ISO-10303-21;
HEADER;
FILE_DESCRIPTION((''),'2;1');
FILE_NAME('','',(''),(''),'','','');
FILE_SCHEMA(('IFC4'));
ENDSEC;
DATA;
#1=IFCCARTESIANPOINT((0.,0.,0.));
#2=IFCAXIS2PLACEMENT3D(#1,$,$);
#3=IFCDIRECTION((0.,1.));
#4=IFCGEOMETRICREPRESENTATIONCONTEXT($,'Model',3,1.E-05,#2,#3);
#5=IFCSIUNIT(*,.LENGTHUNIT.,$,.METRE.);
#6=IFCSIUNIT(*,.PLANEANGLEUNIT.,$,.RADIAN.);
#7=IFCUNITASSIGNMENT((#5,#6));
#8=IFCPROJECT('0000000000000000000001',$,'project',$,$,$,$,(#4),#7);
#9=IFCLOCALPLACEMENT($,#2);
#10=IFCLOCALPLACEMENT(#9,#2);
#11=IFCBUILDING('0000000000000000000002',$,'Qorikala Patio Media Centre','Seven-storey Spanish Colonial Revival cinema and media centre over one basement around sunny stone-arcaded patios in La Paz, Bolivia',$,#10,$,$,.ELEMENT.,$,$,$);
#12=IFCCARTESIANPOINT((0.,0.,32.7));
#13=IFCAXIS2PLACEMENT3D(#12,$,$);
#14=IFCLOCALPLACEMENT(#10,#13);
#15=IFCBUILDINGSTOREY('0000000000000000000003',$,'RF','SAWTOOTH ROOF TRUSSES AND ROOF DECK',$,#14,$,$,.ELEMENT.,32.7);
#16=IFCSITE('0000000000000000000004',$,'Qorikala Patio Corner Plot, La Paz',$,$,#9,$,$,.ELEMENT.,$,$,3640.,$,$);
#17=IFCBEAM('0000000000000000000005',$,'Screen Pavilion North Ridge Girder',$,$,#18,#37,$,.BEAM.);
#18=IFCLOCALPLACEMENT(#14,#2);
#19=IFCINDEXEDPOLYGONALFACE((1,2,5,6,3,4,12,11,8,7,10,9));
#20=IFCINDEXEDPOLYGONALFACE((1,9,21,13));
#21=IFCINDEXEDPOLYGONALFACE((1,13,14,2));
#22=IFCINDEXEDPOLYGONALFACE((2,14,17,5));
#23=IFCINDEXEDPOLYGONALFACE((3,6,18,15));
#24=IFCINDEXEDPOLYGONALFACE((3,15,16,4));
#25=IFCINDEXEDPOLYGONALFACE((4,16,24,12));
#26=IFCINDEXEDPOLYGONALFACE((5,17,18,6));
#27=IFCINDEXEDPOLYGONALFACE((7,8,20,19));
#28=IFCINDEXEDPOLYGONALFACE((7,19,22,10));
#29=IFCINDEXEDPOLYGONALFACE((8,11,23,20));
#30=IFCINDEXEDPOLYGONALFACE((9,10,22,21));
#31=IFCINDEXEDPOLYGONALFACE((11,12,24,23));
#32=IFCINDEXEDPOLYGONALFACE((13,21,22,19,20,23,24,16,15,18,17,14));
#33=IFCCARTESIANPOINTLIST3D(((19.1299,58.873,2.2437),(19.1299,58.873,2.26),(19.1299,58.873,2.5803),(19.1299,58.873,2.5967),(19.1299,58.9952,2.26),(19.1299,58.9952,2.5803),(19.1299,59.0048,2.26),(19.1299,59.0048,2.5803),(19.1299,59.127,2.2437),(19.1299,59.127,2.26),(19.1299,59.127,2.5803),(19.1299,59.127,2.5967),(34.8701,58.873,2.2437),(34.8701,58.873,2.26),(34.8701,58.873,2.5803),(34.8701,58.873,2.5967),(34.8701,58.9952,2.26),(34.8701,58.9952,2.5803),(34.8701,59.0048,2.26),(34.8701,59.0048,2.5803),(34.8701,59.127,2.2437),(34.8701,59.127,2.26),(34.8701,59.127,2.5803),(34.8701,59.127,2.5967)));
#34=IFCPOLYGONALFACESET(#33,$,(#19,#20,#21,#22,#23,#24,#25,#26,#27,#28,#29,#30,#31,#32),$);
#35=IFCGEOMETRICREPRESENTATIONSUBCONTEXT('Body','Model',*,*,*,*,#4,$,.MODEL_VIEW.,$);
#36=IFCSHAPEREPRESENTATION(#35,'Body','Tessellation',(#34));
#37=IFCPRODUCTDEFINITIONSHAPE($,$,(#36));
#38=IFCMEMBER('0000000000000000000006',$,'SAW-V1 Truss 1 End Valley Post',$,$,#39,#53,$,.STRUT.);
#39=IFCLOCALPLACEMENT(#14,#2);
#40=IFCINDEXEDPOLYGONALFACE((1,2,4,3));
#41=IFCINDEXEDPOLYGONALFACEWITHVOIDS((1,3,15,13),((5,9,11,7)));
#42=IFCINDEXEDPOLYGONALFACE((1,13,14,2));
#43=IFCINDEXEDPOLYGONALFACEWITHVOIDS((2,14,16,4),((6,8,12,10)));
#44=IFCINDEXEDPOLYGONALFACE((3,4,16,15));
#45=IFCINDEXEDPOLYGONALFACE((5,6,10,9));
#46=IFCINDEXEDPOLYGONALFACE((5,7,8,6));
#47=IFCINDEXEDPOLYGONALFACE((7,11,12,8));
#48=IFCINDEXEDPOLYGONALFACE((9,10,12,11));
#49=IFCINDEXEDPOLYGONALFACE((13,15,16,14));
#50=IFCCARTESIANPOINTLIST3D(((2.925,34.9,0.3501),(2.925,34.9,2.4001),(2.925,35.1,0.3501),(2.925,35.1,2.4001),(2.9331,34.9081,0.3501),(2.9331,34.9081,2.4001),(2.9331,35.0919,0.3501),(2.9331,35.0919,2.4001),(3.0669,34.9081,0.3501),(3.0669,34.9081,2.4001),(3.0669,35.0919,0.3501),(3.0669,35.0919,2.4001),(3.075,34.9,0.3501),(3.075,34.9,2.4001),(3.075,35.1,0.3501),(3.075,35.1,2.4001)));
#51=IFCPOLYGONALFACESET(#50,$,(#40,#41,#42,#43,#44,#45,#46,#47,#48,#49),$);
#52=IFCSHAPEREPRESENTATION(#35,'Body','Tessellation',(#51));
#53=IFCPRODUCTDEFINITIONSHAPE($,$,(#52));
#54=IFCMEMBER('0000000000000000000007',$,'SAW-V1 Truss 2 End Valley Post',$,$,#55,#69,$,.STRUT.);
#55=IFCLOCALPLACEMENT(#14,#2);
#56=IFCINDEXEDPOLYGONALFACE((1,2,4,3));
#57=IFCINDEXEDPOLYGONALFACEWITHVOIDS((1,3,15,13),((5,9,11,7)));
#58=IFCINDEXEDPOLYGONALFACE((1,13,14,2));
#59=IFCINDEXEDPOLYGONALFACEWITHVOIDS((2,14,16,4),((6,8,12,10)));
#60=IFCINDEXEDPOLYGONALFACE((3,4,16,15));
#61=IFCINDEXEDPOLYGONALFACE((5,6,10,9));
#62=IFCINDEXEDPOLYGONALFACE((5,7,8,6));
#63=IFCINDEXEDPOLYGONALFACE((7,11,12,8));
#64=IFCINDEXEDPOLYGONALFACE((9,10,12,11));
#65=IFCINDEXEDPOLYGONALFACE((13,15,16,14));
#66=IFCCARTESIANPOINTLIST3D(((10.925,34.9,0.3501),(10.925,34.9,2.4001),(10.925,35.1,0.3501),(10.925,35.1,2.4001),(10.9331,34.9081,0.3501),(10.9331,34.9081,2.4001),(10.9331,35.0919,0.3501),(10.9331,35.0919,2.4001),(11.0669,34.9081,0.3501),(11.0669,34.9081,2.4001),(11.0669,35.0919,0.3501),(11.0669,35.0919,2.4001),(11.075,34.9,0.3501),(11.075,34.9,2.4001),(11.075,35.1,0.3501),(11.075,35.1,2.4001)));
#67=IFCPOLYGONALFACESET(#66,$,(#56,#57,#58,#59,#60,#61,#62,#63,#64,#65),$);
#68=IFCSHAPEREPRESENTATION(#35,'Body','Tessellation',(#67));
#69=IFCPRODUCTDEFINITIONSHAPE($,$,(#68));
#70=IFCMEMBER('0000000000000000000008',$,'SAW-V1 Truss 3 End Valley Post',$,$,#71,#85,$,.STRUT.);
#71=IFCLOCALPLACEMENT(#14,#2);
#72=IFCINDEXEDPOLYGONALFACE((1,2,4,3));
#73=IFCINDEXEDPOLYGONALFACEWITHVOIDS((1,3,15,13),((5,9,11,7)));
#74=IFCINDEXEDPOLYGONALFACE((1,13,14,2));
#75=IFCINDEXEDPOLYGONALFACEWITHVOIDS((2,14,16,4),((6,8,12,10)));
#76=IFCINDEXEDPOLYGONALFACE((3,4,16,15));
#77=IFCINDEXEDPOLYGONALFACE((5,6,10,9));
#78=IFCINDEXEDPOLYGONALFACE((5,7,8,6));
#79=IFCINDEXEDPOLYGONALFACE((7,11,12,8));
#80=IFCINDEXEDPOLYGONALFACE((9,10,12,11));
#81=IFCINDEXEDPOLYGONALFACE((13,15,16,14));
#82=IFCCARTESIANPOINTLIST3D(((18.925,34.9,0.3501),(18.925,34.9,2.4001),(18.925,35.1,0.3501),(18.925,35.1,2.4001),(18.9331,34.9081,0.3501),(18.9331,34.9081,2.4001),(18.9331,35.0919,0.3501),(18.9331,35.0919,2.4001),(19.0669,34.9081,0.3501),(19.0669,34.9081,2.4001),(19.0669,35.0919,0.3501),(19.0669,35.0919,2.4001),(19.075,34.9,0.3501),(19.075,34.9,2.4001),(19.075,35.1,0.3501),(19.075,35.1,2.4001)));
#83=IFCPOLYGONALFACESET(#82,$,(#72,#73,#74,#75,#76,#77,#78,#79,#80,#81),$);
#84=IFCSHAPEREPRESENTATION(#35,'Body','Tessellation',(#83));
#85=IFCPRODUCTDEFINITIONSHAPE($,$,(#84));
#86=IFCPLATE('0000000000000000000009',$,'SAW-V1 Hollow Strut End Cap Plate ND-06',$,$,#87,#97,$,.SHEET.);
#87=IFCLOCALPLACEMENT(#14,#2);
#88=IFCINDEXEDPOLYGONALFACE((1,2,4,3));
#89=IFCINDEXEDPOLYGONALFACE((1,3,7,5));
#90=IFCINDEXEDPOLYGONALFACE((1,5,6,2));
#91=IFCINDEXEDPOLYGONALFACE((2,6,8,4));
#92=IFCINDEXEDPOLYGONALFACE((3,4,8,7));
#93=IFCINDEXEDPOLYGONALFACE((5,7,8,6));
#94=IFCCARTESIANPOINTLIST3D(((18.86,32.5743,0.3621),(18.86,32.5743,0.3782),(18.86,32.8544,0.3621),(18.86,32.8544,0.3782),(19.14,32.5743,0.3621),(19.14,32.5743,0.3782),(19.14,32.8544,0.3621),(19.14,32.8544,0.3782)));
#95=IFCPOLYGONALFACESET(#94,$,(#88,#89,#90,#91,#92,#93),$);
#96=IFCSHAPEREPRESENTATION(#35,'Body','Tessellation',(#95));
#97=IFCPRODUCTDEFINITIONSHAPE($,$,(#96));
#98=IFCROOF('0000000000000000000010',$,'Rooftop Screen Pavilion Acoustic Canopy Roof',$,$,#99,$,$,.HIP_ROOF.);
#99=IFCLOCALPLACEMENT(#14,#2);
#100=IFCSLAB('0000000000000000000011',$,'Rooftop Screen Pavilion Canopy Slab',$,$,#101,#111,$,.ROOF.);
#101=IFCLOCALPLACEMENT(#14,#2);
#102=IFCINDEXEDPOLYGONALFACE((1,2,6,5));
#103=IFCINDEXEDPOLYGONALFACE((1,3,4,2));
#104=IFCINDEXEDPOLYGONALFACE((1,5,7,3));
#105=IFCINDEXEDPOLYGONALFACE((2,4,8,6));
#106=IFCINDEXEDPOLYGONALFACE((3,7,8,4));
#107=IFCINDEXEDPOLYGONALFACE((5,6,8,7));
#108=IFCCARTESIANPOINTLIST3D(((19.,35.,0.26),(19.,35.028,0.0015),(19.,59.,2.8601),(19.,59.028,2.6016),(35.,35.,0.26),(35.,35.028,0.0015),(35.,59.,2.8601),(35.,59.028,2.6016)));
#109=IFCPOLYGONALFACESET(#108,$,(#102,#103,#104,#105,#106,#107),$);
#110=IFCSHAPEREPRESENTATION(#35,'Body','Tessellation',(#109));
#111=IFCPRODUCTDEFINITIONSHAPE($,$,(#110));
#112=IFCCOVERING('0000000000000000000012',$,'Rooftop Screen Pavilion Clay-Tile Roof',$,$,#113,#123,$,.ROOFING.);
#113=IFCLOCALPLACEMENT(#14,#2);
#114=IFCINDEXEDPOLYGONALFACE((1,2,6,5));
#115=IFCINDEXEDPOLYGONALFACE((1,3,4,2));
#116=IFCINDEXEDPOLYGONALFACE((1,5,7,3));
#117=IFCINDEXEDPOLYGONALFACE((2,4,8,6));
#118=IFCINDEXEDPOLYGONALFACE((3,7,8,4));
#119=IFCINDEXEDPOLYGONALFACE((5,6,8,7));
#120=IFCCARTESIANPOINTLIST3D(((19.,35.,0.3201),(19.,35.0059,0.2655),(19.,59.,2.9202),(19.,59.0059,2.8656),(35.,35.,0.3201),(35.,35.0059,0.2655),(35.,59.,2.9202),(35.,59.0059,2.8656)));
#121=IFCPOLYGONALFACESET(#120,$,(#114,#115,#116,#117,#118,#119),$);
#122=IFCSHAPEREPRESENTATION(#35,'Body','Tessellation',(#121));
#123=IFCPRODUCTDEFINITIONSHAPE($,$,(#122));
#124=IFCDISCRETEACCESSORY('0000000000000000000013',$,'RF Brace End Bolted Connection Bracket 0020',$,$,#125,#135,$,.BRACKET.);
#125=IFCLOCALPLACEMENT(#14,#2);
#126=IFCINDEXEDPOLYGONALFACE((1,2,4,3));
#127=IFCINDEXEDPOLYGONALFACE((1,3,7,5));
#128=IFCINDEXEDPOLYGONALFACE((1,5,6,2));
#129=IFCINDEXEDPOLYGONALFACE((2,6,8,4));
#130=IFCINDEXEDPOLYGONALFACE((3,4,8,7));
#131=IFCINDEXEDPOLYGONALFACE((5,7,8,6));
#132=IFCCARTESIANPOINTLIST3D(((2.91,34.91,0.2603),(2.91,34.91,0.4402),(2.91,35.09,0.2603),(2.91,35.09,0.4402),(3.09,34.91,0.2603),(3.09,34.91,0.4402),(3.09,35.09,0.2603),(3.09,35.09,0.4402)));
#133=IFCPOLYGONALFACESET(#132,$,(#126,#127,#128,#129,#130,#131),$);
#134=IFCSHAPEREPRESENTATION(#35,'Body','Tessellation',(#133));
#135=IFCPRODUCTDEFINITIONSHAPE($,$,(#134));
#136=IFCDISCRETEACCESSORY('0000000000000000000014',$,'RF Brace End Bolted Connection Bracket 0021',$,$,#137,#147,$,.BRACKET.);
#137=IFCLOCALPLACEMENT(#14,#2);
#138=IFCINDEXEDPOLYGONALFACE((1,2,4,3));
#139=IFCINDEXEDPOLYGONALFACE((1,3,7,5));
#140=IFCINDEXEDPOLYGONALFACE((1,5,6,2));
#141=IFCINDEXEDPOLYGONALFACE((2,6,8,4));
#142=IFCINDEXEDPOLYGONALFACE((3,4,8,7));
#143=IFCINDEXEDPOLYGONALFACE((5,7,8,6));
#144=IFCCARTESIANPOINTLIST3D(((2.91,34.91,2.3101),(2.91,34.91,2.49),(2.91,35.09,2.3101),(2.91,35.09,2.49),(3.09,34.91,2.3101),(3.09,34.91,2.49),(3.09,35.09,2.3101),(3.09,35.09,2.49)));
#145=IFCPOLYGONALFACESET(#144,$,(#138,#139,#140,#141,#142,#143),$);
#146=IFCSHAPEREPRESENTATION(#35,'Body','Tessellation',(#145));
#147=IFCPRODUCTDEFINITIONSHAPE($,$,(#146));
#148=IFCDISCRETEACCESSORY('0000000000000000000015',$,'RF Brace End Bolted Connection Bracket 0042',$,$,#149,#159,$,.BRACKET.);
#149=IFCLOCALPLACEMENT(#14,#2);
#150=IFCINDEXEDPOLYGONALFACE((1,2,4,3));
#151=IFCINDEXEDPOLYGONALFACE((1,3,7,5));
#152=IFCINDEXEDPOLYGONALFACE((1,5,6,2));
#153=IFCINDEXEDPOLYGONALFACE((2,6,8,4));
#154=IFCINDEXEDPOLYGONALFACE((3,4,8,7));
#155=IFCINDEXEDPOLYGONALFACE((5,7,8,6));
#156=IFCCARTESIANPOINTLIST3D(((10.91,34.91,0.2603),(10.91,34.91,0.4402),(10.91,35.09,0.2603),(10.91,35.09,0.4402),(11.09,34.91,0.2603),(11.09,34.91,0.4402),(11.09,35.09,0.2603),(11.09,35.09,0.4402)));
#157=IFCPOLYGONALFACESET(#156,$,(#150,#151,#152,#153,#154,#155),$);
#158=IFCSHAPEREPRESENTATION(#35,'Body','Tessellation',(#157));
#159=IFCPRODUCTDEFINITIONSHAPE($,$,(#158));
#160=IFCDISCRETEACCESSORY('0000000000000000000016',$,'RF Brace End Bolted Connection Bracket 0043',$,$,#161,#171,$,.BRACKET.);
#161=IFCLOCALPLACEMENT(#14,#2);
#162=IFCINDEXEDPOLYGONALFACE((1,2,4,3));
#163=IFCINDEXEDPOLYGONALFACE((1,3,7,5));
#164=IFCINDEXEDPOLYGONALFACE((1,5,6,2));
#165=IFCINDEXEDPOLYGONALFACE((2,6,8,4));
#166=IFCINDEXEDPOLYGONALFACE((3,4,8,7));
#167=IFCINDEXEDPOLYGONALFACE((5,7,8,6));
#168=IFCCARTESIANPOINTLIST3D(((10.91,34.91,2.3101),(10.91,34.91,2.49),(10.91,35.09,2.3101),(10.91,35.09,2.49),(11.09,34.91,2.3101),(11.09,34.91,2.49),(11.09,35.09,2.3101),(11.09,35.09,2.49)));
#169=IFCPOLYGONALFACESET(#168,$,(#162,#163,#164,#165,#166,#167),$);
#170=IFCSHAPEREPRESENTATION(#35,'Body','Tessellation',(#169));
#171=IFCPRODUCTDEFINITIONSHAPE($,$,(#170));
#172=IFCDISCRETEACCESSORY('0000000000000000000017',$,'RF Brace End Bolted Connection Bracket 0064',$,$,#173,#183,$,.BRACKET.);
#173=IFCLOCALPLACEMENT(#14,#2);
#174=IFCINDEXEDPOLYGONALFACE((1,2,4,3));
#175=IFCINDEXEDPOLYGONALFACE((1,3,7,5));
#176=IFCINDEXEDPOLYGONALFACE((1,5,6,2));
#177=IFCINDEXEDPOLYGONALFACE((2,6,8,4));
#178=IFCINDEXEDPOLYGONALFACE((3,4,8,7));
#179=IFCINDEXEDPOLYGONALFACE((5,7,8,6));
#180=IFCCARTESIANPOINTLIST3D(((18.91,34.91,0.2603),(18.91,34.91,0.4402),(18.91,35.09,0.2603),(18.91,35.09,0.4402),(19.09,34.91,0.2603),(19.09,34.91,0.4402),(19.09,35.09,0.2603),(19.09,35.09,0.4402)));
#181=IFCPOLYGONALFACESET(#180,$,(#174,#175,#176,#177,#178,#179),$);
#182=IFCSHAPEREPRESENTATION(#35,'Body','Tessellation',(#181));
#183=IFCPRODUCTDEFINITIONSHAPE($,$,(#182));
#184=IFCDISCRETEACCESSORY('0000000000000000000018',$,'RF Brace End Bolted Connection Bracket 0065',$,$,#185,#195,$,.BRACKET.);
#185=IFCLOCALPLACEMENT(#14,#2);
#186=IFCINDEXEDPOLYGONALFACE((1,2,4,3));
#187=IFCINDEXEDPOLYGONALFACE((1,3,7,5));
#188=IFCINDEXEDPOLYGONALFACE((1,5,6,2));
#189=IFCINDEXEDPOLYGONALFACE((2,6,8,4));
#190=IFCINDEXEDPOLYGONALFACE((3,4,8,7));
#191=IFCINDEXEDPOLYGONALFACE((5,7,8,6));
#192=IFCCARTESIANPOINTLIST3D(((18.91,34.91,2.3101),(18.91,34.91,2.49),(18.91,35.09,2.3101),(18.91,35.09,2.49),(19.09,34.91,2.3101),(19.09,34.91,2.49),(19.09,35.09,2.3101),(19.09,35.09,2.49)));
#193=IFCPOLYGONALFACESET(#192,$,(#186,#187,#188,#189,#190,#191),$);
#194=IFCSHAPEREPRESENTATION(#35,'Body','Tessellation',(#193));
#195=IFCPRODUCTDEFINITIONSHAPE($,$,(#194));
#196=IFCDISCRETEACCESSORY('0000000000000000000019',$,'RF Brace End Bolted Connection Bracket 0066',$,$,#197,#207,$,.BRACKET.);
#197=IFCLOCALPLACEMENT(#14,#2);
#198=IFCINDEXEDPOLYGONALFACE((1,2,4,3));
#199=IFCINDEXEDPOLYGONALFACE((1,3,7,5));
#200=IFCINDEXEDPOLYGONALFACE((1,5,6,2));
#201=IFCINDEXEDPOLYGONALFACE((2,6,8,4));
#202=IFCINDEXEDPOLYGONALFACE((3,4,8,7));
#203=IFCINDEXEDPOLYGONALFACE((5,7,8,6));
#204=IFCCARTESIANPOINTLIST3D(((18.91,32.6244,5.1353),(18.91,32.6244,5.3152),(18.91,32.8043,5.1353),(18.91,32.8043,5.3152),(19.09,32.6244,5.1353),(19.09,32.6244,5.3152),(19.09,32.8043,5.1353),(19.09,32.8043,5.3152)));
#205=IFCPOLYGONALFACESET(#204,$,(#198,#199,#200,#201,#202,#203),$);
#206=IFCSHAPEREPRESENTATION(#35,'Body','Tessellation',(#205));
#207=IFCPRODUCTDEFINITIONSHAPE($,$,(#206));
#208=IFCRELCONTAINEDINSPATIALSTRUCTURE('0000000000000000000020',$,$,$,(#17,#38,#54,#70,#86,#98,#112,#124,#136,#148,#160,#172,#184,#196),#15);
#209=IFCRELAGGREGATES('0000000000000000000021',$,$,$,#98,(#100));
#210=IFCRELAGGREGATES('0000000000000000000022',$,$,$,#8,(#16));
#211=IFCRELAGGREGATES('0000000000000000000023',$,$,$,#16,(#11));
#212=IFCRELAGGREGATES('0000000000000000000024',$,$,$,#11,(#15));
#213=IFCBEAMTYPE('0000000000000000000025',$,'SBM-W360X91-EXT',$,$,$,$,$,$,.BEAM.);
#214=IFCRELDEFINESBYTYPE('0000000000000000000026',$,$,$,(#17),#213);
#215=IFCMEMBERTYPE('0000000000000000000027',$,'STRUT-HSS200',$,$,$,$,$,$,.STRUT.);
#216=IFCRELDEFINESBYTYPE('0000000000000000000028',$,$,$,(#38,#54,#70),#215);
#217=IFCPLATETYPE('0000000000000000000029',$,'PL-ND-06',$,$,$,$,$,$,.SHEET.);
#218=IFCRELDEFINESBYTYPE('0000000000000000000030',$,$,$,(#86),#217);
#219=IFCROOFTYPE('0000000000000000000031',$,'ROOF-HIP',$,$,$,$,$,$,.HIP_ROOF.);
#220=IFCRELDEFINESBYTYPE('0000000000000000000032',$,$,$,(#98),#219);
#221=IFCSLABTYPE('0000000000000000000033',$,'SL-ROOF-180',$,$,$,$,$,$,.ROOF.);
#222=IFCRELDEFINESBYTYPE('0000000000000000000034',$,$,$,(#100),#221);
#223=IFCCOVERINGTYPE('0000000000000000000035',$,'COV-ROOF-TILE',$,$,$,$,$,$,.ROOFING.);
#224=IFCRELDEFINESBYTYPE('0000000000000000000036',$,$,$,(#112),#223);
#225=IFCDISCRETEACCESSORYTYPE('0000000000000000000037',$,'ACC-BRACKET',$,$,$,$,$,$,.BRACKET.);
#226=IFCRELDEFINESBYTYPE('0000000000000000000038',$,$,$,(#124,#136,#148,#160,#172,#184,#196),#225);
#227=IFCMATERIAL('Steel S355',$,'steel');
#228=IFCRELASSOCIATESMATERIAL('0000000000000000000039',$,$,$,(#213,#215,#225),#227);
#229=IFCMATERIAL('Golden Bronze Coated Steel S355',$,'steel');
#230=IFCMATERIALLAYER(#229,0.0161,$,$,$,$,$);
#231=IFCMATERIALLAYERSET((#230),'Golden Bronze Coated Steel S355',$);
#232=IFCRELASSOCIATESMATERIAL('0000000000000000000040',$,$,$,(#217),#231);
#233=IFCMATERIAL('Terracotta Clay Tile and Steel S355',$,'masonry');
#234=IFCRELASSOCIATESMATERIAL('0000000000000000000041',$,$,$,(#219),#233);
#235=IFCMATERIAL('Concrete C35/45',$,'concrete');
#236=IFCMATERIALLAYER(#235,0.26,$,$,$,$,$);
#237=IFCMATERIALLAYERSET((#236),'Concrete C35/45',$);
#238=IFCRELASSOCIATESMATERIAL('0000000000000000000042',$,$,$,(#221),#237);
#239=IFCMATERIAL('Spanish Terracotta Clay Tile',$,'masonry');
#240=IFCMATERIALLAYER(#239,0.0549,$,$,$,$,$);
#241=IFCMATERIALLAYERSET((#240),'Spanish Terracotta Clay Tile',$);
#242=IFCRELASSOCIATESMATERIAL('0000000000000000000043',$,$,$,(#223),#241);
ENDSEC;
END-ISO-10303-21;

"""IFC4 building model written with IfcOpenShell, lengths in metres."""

from ifc_helpers import new_model, si_unit, direction, frame, origin, origin_2d, place, context, subcontext, project, spatial, polyline, rectangle, hollow_rectangle, i_section, outline, extrude, material, layer, layer_set, material_profile, profile_set, type_object, element, aggregate, save


model = new_model("IFC4")

# Units and contexts
model_context = context("Model", 3, precision=1e-05, world=origin(), true_north=direction((0.0, 1.0)))
body_context = subcontext(model_context, "Body", "Model", "MODEL_VIEW")
ifc_project = project(units=[si_unit("LENGTHUNIT", "METRE"), si_unit("PLANEANGLEUNIT", "RADIAN")], contexts=[model_context])

# Site, building, storey
site_placement = place(None, origin())
site = spatial("IfcSite", under=ifc_project, at=site_placement, Name="Qorikala Patio Corner Plot, La Paz", CompositionType="ELEMENT", RefElevation=3640.0)
building_placement = place(site_placement, origin())
building = spatial("IfcBuilding", under=site, at=building_placement, Name="Qorikala Patio Media Centre", Description="Seven-storey Spanish Colonial Revival cinema and media centre over one basement around sunny stone-arcaded patios in La Paz, Bolivia", CompositionType="ELEMENT")
storey_placement = place(building_placement, frame((0.0, 0.0, 32.7)))
storey = spatial("IfcBuildingStorey", under=building, at=storey_placement, Name="RF", Description="SAWTOOTH ROOF TRUSSES AND ROOF DECK", CompositionType="ELEMENT", Elevation=32.7)

# Shared definitions
ifc_material_1 = material(Name="Steel S355", Category="steel")

# Beam
ifc_material_profile_1 = material_profile(ifc_material_1, i_section(OverallWidth=0.2539, OverallDepth=0.353, WebThickness=0.0095, FlangeThickness=0.0164, at=origin_2d()), Name="W360X91")
ifc_profile_set_1 = profile_set([ifc_material_profile_1], Name="Steel S355")
beam_type = type_object("IfcBeamType", Name="SBM-W360X91-EXT", PredefinedType="BEAM", material=ifc_profile_set_1)
for number, where, z_axis, x_axis, name in (
    (1, (19.1299, 59.0, 2.4202), (1.0, 0.0, 0.0), (0.0, 1.0, 0.0), "Screen Pavilion North Ridge Girder"),
):
    element("IfcBeam", number, at=place(storey_placement, frame(where, z_axis=z_axis, x_axis=x_axis)), inside=storey, type_object=beam_type, Name=name, PredefinedType="BEAM", context=body_context, shape_type="SweptSolid", body=[
        extrude(i_section(OverallWidth=0.2539, OverallDepth=0.353, WebThickness=0.0095, FlangeThickness=0.0164, at=origin_2d()), origin(), (0.0, 0.0, 1.0), 15.7402),
    ])

# Members
ifc_material_profile_2 = material_profile(ifc_material_1, hollow_rectangle(XDim=0.1499, YDim=0.2, WallThickness=0.0081, at=origin_2d()), Name="HSS200X150X8")
ifc_profile_set_2 = profile_set([ifc_material_profile_2], Name="Steel S355")
member_type_1 = type_object("IfcMemberType", Name="STRUT-HSS200", PredefinedType="STRUT", material=ifc_profile_set_2)
for number, where, z_axis, x_axis, name in (
    (2, (3.0, 35.0, 0.3501), (0.0, 0.0, 1.0), (1.0, 0.0, 0.0), "SAW-V1 Truss 1 End Valley Post"),
    (3, (11.0, 35.0, 0.3501), (0.0, 0.0, 1.0), (1.0, 0.0, 0.0), "SAW-V1 Truss 2 End Valley Post"),
    (4, (19.0, 35.0, 0.3501), (0.0, 0.0, 1.0), (1.0, 0.0, 0.0), "SAW-V1 Truss 3 End Valley Post"),
):
    element("IfcMember", number, at=place(storey_placement, frame(where, z_axis=z_axis, x_axis=x_axis)), inside=storey, type_object=member_type_1, Name=name, PredefinedType="STRUT", context=body_context, shape_type="SweptSolid", body=[
        extrude(hollow_rectangle(XDim=0.1499, YDim=0.2, WallThickness=0.0081, at=origin_2d()), origin(), (0.0, 0.0, 1.0), 2.05),
    ])

# Plate
ifc_material_2 = material(Name="Golden Bronze Coated Steel S355", Category="steel")
ifc_layer_1 = layer(ifc_material_2, 0.0161)
ifc_layer_set_1 = layer_set([ifc_layer_1], Name="Golden Bronze Coated Steel S355")
plate_type = type_object("IfcPlateType", Name="PL-ND-06", PredefinedType="SHEET", material=ifc_layer_set_1)
plate_placement = place(storey_placement, frame((19.0, 32.7144, 0.3621), z_axis=(0.0, 0.0, 1.0), x_axis=(1.0, 0.0, 0.0)))
element("IfcPlate", 5, at=plate_placement, inside=storey, type_object=plate_type, Name="SAW-V1 Hollow Strut End Cap Plate ND-06", PredefinedType="SHEET", context=body_context, shape_type="SweptSolid", body=[
    extrude(rectangle(XDim=0.28, YDim=0.28, at=origin_2d()), origin(), (0.0, 0.0, 1.0), 0.0161),
])

# Roof, slab
ifc_material_3 = material(Name="Terracotta Clay Tile and Steel S355", Category="masonry")
roof_type = type_object("IfcRoofType", Name="ROOF-HIP", PredefinedType="HIP_ROOF", material=ifc_material_3)
roof_placement = place(storey_placement, origin())
roof = element("IfcRoof", 6, at=roof_placement, inside=storey, type_object=roof_type, Name="Rooftop Screen Pavilion Acoustic Canopy Roof", PredefinedType="HIP_ROOF")
ifc_material_4 = material(Name="Concrete C35/45", Category="concrete")
ifc_layer_2 = layer(ifc_material_4, 0.26)
ifc_layer_set_2 = layer_set([ifc_layer_2], Name="Concrete C35/45")
slab_type = type_object("IfcSlabType", Name="SL-ROOF-180", PredefinedType="ROOF", material=ifc_layer_set_2)
slab_placement = place(storey_placement, frame((19.0, 35.0, 0.26), z_axis=(0.0, -0.107707, 0.994183), x_axis=(1.0, 0.0, 0.0)))
slab = element("IfcSlab", 7, at=slab_placement, type_object=slab_type, Name="Rooftop Screen Pavilion Canopy Slab", PredefinedType="ROOF", context=body_context, shape_type="SweptSolid", body=[
    extrude(outline(polyline([(0.0, 0.0), (16.0, 0.0), (16.0, 24.1404), (0.0, 24.1404), (0.0, 0.0)])), origin(), (0.0, 0.0, -1.0), 0.26),
])
aggregate(roof, [slab])

# Covering
ifc_material_5 = material(Name="Spanish Terracotta Clay Tile", Category="masonry")
ifc_layer_3 = layer(ifc_material_5, 0.0549)
ifc_layer_set_3 = layer_set([ifc_layer_3], Name="Spanish Terracotta Clay Tile")
covering_type = type_object("IfcCoveringType", Name="COV-ROOF-TILE", PredefinedType="ROOFING", material=ifc_layer_set_3)
covering_placement = place(storey_placement, frame((19.0, 35.0, 0.3201), z_axis=(0.0, -0.107707, 0.994183), x_axis=(1.0, 0.0, 0.0)))
element("IfcCovering", 8, at=covering_placement, inside=storey, type_object=covering_type, Name="Rooftop Screen Pavilion Clay-Tile Roof", PredefinedType="ROOFING", context=body_context, shape_type="SweptSolid", body=[
    extrude(outline(polyline([(0.0, 0.0), (16.0, 0.0), (16.0, 24.1404), (0.0, 24.1404), (0.0, 0.0)])), origin(), (0.0, 0.0, -1.0), 0.0549),
])

# Discrete accessories
discrete_accessory_type = type_object("IfcDiscreteAccessoryType", Name="ACC-BRACKET", PredefinedType="BRACKET", material=ifc_material_1)
for number, where, z_axis, x_axis, name in (
    (9, (3.0, 35.0, 0.2603), (0.0, 0.0, 1.0), (1.0, 0.0, 0.0), "RF Brace End Bolted Connection Bracket 0020"),
    (10, (3.0, 35.0, 2.3101), (0.0, 0.0, 1.0), (1.0, 0.0, 0.0), "RF Brace End Bolted Connection Bracket 0021"),
    (11, (11.0, 35.0, 0.2603), (0.0, 0.0, 1.0), (1.0, 0.0, 0.0), "RF Brace End Bolted Connection Bracket 0042"),
    (12, (11.0, 35.0, 2.3101), (0.0, 0.0, 1.0), (1.0, 0.0, 0.0), "RF Brace End Bolted Connection Bracket 0043"),
    (13, (19.0, 35.0, 0.2603), (0.0, 0.0, 1.0), (1.0, 0.0, 0.0), "RF Brace End Bolted Connection Bracket 0064"),
    (14, (19.0, 35.0, 2.3101), (0.0, 0.0, 1.0), (1.0, 0.0, 0.0), "RF Brace End Bolted Connection Bracket 0065"),
    (15, (19.0, 32.7144, 5.1353), (0.0, 0.0, 1.0), (1.0, 0.0, 0.0), "RF Brace End Bolted Connection Bracket 0066"),
):
    element("IfcDiscreteAccessory", number, at=place(storey_placement, frame(where, z_axis=z_axis, x_axis=x_axis)), inside=storey, type_object=discrete_accessory_type, Name=name, PredefinedType="BRACKET", context=body_context, shape_type="SweptSolid", body=[
        extrude(rectangle(XDim=0.1799, YDim=0.1799, at=origin_2d()), origin(), (0.0, 0.0, 1.0), 0.1799),
    ])

save(model, "model.ifc")
